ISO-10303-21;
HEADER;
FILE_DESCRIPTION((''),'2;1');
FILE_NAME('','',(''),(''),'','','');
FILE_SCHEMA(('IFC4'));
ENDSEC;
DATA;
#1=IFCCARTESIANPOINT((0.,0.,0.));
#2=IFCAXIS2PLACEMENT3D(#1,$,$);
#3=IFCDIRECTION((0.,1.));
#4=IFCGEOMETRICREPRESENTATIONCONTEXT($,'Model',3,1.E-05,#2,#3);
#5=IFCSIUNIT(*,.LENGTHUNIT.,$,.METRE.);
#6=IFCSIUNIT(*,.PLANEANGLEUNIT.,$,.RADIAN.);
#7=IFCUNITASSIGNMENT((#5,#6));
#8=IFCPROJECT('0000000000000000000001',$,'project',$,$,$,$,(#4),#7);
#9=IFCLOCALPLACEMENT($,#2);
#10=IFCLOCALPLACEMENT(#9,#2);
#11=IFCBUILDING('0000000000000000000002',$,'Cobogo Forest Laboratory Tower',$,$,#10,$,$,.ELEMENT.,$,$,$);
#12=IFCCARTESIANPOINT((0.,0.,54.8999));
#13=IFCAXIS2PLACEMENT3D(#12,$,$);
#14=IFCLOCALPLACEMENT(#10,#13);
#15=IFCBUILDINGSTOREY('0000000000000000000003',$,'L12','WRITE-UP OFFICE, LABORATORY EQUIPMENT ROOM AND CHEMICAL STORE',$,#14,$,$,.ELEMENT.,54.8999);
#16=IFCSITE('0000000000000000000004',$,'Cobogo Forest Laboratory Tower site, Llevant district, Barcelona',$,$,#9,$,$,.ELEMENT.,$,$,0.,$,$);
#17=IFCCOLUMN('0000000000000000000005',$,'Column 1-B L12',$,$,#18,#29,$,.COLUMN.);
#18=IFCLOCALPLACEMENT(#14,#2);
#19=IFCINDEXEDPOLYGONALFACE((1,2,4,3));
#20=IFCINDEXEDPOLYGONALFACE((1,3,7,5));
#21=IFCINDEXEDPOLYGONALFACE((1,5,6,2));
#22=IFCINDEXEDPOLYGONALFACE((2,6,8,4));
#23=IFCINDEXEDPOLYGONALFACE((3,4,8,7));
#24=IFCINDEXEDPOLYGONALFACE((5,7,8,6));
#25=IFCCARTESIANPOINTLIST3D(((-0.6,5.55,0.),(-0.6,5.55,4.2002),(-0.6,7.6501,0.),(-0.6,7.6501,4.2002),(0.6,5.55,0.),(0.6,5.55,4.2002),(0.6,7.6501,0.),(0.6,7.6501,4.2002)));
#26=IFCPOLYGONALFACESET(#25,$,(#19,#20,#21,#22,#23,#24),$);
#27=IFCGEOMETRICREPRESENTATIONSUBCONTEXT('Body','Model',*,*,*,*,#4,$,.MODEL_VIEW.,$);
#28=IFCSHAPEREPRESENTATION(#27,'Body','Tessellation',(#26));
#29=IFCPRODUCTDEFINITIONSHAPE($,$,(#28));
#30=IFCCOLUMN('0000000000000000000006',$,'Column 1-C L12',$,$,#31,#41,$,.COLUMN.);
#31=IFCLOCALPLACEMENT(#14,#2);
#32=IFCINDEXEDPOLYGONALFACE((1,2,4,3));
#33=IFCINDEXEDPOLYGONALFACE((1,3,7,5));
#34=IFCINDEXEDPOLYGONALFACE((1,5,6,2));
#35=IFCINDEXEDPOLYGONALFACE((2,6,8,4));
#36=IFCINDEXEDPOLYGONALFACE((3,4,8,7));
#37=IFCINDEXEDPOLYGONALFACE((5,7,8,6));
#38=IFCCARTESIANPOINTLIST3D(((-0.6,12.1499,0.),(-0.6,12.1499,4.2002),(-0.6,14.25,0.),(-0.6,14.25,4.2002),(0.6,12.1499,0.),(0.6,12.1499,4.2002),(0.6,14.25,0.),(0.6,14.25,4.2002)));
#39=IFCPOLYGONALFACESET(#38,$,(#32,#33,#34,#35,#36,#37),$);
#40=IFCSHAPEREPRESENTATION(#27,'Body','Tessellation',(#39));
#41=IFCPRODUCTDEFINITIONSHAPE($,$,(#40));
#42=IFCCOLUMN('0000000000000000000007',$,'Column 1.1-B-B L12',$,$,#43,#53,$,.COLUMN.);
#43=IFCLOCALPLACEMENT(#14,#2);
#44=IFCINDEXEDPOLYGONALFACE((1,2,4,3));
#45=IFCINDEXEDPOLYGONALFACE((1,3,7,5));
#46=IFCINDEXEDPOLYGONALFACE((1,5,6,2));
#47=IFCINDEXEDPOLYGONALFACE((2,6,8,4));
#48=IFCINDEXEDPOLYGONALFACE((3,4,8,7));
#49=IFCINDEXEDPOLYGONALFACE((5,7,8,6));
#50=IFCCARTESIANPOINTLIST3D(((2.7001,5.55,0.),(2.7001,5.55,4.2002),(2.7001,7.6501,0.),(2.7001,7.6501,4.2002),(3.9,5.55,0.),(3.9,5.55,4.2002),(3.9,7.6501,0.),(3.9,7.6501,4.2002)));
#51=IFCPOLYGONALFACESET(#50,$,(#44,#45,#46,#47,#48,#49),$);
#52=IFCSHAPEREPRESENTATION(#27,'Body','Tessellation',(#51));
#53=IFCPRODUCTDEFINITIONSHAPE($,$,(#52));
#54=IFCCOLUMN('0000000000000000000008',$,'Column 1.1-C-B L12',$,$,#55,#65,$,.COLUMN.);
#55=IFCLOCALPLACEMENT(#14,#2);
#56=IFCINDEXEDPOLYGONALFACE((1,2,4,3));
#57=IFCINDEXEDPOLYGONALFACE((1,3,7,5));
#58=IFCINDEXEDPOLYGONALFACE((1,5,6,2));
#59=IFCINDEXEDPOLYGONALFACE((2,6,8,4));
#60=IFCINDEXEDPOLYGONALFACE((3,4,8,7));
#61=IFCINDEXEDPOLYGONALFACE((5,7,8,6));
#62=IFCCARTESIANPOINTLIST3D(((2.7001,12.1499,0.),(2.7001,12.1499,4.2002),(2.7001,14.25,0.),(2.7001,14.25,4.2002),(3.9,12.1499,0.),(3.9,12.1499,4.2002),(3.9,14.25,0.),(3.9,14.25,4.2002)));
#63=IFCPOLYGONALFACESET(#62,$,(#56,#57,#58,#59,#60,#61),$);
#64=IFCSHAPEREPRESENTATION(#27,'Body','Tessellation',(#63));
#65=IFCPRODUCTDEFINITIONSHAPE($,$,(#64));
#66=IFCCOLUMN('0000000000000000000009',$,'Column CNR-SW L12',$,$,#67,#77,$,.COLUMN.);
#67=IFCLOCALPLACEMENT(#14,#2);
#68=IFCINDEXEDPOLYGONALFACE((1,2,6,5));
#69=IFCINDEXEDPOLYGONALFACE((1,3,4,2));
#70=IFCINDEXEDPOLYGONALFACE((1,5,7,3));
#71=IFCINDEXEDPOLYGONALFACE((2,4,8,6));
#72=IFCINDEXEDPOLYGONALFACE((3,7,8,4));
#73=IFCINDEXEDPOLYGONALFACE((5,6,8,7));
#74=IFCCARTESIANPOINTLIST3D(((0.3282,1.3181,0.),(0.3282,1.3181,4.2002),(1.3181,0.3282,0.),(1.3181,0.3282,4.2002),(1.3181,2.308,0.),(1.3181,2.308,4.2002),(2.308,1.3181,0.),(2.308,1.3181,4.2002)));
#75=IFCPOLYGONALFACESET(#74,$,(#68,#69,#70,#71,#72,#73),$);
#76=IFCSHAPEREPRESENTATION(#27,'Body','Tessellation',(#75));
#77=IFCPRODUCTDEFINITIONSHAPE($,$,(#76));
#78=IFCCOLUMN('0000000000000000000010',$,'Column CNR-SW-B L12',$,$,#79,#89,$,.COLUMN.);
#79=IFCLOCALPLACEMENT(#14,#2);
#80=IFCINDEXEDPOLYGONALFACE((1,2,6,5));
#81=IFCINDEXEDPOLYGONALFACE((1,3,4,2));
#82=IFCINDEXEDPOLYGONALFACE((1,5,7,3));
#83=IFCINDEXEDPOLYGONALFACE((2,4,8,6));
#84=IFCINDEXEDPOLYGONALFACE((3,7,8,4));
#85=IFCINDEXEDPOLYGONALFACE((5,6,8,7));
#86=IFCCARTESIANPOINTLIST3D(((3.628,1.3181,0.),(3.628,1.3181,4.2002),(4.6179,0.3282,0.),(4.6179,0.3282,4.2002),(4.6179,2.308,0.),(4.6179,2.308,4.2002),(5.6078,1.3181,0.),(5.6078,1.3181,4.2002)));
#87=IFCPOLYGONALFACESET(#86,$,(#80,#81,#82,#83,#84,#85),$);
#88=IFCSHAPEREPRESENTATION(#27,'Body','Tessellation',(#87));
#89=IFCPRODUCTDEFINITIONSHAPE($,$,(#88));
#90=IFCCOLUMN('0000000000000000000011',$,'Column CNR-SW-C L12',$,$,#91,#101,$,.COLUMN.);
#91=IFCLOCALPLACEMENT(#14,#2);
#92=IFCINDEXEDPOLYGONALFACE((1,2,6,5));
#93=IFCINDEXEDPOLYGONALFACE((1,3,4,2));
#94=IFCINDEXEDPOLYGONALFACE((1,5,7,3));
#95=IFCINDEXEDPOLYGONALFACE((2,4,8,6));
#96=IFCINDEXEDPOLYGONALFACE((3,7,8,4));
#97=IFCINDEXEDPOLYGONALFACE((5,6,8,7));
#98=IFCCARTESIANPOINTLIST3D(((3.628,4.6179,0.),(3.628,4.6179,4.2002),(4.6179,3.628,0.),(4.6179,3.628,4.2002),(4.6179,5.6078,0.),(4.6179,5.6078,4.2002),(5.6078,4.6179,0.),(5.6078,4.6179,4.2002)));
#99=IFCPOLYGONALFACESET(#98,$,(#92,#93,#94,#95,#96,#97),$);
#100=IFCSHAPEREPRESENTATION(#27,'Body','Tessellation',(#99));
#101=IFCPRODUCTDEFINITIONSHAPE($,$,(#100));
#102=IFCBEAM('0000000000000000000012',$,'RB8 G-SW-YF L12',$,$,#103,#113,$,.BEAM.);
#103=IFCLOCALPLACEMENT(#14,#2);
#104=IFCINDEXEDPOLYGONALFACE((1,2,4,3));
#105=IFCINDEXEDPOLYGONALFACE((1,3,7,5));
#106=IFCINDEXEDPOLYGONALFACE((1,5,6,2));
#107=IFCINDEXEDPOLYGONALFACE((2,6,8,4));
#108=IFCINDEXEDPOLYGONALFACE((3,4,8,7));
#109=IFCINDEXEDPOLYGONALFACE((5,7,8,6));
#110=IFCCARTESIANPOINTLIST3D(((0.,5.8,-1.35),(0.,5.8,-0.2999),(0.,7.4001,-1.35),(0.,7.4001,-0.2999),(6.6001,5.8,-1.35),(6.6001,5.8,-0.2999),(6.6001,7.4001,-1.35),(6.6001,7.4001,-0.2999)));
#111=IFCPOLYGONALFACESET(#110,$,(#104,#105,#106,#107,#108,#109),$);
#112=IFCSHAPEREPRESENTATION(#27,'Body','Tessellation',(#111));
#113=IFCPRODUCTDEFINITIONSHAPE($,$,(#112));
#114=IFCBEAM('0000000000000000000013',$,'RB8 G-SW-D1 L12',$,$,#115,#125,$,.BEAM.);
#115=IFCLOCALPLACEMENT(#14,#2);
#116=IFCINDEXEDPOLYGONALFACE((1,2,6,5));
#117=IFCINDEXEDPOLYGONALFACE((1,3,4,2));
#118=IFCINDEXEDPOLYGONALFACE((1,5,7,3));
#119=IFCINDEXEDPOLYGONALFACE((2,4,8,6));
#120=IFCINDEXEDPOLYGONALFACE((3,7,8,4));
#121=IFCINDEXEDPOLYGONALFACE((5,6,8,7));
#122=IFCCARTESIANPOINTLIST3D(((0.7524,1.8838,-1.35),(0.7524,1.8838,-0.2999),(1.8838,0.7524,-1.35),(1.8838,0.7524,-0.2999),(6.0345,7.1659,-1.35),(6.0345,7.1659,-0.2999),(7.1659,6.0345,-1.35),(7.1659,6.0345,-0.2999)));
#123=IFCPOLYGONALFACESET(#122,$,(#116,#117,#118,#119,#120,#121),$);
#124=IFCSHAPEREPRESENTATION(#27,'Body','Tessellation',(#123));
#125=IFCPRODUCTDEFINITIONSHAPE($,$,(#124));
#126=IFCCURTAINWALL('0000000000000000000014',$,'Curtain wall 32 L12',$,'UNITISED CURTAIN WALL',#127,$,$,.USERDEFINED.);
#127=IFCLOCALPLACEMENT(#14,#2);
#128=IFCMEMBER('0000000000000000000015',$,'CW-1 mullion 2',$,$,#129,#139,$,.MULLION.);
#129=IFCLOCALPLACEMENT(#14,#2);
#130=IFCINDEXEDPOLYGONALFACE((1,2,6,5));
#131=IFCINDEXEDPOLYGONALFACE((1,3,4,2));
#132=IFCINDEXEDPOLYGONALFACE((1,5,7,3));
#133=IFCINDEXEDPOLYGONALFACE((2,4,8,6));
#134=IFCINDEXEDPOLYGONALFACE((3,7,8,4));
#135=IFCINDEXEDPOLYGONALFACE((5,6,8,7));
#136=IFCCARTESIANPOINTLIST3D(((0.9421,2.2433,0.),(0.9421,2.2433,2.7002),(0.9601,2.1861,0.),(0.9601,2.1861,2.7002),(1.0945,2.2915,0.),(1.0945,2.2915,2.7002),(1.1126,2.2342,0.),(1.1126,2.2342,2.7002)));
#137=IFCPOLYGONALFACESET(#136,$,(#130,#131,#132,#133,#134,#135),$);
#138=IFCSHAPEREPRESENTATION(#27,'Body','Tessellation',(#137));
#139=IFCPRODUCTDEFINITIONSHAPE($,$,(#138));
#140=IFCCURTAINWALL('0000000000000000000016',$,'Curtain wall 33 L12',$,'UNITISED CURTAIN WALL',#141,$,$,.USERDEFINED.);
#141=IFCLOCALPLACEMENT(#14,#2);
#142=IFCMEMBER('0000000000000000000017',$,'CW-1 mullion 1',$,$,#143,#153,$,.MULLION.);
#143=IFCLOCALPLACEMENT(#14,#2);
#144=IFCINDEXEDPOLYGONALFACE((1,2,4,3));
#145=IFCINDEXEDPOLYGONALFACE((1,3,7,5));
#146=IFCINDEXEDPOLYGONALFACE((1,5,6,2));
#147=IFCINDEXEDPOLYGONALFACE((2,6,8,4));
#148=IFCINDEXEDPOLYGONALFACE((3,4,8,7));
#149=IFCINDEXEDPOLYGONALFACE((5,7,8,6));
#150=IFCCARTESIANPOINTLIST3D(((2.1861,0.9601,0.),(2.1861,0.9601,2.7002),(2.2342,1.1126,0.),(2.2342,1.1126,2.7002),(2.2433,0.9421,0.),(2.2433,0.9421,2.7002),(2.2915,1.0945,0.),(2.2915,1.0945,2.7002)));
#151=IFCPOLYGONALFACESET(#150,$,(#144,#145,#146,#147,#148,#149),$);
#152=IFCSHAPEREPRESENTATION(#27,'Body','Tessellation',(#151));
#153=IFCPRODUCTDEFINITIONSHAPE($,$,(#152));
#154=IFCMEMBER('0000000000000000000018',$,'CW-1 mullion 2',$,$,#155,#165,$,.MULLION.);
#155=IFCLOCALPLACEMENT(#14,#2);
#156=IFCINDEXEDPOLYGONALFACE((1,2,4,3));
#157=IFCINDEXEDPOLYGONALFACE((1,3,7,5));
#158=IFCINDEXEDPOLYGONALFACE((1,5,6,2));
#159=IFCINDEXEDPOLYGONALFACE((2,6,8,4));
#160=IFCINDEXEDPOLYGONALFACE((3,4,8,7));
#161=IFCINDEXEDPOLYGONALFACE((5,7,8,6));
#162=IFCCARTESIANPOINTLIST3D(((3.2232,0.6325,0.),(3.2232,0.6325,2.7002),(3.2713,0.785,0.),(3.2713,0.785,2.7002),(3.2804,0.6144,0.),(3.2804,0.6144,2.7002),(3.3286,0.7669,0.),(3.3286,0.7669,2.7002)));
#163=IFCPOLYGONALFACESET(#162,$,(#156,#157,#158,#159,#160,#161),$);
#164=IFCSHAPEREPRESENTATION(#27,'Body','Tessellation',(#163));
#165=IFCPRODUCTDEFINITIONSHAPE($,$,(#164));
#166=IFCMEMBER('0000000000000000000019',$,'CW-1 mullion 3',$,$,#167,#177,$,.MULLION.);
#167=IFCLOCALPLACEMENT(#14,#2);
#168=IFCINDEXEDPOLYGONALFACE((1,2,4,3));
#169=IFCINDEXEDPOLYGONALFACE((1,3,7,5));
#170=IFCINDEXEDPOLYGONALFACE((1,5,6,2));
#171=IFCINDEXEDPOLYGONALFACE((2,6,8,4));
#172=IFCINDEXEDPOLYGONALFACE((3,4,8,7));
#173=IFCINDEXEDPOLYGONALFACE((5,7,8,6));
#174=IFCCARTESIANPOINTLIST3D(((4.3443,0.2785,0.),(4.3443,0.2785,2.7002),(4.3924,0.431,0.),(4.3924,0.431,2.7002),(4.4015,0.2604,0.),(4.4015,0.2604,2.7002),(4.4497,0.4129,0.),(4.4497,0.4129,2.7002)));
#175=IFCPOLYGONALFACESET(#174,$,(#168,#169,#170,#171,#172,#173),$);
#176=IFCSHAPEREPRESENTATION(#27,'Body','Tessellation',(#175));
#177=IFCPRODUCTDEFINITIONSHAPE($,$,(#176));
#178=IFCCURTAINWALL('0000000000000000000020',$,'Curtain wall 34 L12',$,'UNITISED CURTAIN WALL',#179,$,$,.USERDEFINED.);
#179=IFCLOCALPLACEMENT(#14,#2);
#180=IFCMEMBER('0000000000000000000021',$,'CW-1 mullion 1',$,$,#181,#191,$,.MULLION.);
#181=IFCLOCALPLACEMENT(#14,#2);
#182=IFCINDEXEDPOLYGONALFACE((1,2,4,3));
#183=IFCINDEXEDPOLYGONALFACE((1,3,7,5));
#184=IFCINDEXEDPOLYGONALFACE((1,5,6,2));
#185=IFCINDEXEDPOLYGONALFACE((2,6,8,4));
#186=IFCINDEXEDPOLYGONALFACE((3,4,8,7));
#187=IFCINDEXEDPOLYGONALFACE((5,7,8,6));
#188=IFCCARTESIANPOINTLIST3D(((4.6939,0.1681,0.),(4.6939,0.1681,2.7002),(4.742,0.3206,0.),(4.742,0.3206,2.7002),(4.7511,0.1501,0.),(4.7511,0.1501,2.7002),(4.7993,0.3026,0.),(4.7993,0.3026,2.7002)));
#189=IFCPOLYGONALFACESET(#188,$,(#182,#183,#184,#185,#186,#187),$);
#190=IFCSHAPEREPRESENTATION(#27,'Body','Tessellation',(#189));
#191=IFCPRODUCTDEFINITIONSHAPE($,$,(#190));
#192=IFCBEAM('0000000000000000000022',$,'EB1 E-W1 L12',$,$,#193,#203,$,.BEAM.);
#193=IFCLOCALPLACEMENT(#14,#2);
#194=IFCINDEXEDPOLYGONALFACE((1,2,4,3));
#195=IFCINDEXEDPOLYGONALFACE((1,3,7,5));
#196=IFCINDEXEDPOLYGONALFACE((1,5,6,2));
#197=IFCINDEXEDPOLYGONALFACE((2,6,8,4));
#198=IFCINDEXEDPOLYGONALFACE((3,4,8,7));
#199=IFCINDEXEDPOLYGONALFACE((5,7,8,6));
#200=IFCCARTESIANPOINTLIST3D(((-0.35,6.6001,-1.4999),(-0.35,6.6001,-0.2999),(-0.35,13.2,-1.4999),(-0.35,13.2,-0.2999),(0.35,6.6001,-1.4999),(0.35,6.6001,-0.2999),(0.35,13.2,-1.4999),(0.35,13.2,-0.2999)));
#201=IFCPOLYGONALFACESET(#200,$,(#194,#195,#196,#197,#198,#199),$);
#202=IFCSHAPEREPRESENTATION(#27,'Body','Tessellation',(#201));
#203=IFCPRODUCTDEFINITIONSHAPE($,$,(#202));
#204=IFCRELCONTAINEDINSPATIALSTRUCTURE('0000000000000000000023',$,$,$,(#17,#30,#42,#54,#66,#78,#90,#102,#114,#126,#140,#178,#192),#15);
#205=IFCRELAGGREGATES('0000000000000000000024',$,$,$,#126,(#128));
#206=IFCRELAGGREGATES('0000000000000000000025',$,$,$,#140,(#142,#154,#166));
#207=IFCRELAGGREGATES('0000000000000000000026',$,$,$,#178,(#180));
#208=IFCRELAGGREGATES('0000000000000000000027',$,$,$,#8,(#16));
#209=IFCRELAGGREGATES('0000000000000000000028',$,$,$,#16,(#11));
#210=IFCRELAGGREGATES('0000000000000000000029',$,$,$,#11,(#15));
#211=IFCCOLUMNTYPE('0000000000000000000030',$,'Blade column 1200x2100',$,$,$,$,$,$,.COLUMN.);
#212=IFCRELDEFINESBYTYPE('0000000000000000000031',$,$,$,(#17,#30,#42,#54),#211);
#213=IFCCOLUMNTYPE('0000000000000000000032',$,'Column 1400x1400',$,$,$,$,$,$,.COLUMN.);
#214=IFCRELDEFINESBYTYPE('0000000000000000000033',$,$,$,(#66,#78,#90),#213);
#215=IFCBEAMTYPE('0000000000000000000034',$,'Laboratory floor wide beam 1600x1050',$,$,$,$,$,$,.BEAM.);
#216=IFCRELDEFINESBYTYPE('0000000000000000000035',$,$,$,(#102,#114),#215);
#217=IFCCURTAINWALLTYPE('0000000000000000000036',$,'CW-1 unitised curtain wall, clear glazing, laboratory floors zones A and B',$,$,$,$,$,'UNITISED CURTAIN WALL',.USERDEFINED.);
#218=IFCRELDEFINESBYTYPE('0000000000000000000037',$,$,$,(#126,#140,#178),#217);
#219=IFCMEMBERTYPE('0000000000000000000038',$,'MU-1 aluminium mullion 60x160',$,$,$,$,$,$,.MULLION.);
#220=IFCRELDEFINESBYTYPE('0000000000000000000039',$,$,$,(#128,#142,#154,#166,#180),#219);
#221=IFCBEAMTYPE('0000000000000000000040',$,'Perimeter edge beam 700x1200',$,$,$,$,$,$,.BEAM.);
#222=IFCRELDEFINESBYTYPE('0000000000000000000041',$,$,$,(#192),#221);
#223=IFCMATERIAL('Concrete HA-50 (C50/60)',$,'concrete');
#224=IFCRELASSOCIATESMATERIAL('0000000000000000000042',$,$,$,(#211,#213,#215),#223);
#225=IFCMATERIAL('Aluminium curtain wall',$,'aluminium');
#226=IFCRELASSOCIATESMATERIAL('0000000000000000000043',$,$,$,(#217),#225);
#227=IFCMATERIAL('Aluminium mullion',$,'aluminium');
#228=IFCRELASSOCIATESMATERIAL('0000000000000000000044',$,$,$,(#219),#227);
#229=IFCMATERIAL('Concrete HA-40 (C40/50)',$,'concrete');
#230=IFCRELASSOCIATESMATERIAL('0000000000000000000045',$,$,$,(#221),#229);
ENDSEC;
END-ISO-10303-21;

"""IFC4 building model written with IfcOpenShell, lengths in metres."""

from ifc_helpers import new_model, si_unit, direction, frame, origin, origin_2d, place, context, subcontext, project, spatial, rectangle, extrude, material, material_profile, profile_set, type_object, element, aggregate, save


model = new_model("IFC4")

# Units and contexts
model_context = context("Model", 3, precision=1e-05, world=origin(), true_north=direction((0.0, 1.0)))
body_context = subcontext(model_context, "Body", "Model", "MODEL_VIEW")
ifc_project = project(units=[si_unit("LENGTHUNIT", "METRE"), si_unit("PLANEANGLEUNIT", "RADIAN")], contexts=[model_context])

# Site, building, storey
site_placement = place(None, origin())
site = spatial("IfcSite", under=ifc_project, at=site_placement, Name="Cobogo Forest Laboratory Tower site, Llevant district, Barcelona", CompositionType="ELEMENT", RefElevation=0.0)
building_placement = place(site_placement, origin())
building = spatial("IfcBuilding", under=site, at=building_placement, Name="Cobogo Forest Laboratory Tower", CompositionType="ELEMENT")
storey_placement = place(building_placement, frame((0.0, 0.0, 54.8999)))
storey = spatial("IfcBuildingStorey", under=building, at=storey_placement, Name="L12", Description="WRITE-UP OFFICE, LABORATORY EQUIPMENT ROOM AND CHEMICAL STORE", CompositionType="ELEMENT", Elevation=54.8999)

# Columns
ifc_material_1 = material(Name="Concrete HA-50 (C50/60)", Category="concrete")
ifc_material_profile_1 = material_profile(ifc_material_1, rectangle(XDim=2.1001, YDim=1.2, at=origin_2d()), Name="RC 1200x2100")
ifc_profile_set_1 = profile_set([ifc_material_profile_1], Name="Concrete HA-50 (C50/60)")
column_type_1 = type_object("IfcColumnType", Name="Blade column 1200x2100", PredefinedType="COLUMN", material=ifc_profile_set_1)
for number, where, z_axis, x_axis, name in (
    (1, (0.0, 6.6001, 0.0), (0.0, 0.0, 1.0), (0.0, 1.0, 0.0), "Column 1-B L12"),
    (2, (0.0, 13.2, 0.0), (0.0, 0.0, 1.0), (0.0, 1.0, 0.0), "Column 1-C L12"),
    (3, (3.3, 6.6001, 0.0), (0.0, 0.0, 1.0), (0.0, 1.0, 0.0), "Column 1.1-B-B L12"),
    (4, (3.3, 13.2, 0.0), (0.0, 0.0, 1.0), (0.0, 1.0, 0.0), "Column 1.1-C-B L12"),
):
    element("IfcColumn", number, at=place(storey_placement, frame(where, z_axis=z_axis, x_axis=x_axis)), inside=storey, type_object=column_type_1, Name=name, PredefinedType="COLUMN", context=body_context, shape_type="SweptSolid", body=[
        extrude(rectangle(XDim=2.1001, YDim=1.2, at=origin_2d()), origin(), (0.0, 0.0, 1.0), 4.2002),
    ])
ifc_material_profile_2 = material_profile(ifc_material_1, rectangle(XDim=1.3999, YDim=1.3999, at=origin_2d()), Name="RC 1400x1400")
ifc_profile_set_2 = profile_set([ifc_material_profile_2], Name="Concrete HA-50 (C50/60)")
column_type_2 = type_object("IfcColumnType", Name="Column 1400x1400", PredefinedType="COLUMN", material=ifc_profile_set_2)
for number, where, z_axis, x_axis, name in (
    (5, (1.3181, 1.3181, 0.0), (0.0, 0.0, 1.0), (0.707107, 0.707107, 0.0), "Column CNR-SW L12"),
    (6, (4.6179, 1.3181, 0.0), (0.0, 0.0, 1.0), (0.707107, 0.707107, 0.0), "Column CNR-SW-B L12"),
    (7, (4.6179, 4.6179, 0.0), (0.0, 0.0, 1.0), (0.707107, 0.707107, 0.0), "Column CNR-SW-C L12"),
):
    element("IfcColumn", number, at=place(storey_placement, frame(where, z_axis=z_axis, x_axis=x_axis)), inside=storey, type_object=column_type_2, Name=name, PredefinedType="COLUMN", context=body_context, shape_type="SweptSolid", body=[
        extrude(rectangle(XDim=1.3999, YDim=1.3999, at=origin_2d()), origin(), (0.0, 0.0, 1.0), 4.2002),
    ])

# Beams
ifc_material_profile_3 = material_profile(ifc_material_1, rectangle(XDim=1.6001, YDim=1.05, at=origin_2d()), Name="RC 1600x1050")
ifc_profile_set_3 = profile_set([ifc_material_profile_3], Name="Concrete HA-50 (C50/60)")
beam_type_1 = type_object("IfcBeamType", Name="Laboratory floor wide beam 1600x1050", PredefinedType="BEAM", material=ifc_profile_set_3)
beam_1_placement = place(storey_placement, frame((0.0, 6.6001, -0.825), z_axis=(1.0, 0.0, 0.0), x_axis=(0.0, 1.0, 0.0)))
element("IfcBeam", 8, at=beam_1_placement, inside=storey, type_object=beam_type_1, Name="RB8 G-SW-YF L12", PredefinedType="BEAM", context=body_context, shape_type="SweptSolid", body=[
    extrude(rectangle(XDim=1.6001, YDim=1.05, at=origin_2d()), origin(), (0.0, 0.0, 1.0), 6.6001),
])
beam_2_placement = place(storey_placement, frame((1.3181, 1.3181, -0.825), z_axis=(0.707107, 0.707107, 0.0), x_axis=(-0.707107, 0.707107, 0.0)))
element("IfcBeam", 9, at=beam_2_placement, inside=storey, type_object=beam_type_1, Name="RB8 G-SW-D1 L12", PredefinedType="BEAM", context=body_context, shape_type="SweptSolid", body=[
    extrude(rectangle(XDim=1.6001, YDim=1.05, at=origin_2d()), origin(), (0.0, 0.0, 1.0), 7.47),
])

# Curtain wall, member
ifc_material_2 = material(Name="Aluminium curtain wall", Category="aluminium")
curtain_wall_type = type_object("IfcCurtainWallType", Name="CW-1 unitised curtain wall, clear glazing, laboratory floors zones A and B", ElementType="UNITISED CURTAIN WALL", PredefinedType="USERDEFINED", material=ifc_material_2)
curtain_wall_1_placement = place(storey_placement, origin())
curtain_wall_1 = element("IfcCurtainWall", 10, at=curtain_wall_1_placement, inside=storey, type_object=curtain_wall_type, Name="Curtain wall 32 L12", ObjectType="UNITISED CURTAIN WALL", PredefinedType="USERDEFINED")
ifc_material_3 = material(Name="Aluminium mullion", Category="aluminium")
ifc_material_profile_4 = material_profile(ifc_material_3, rectangle(XDim=0.0601, YDim=0.1599, at=origin_2d()), Name="AL 60x160")
ifc_profile_set_4 = profile_set([ifc_material_profile_4], Name="Aluminium mullion")
member_type_1 = type_object("IfcMemberType", Name="MU-1 aluminium mullion 60x160", PredefinedType="MULLION", material=ifc_profile_set_4)
member_1_placement = place(storey_placement, frame((1.0273, 2.2388, 0.0), z_axis=(0.0, 0.0, 1.0), x_axis=(0.301135, -0.953581, 0.0)))
member_1 = element("IfcMember", 11, at=member_1_placement, type_object=member_type_1, Name="CW-1 mullion 2", PredefinedType="MULLION", context=body_context, shape_type="SweptSolid", body=[
    extrude(rectangle(XDim=0.0601, YDim=0.1599, at=origin_2d()), origin(), (0.0, 0.0, 1.0), 2.7002),
])

# Curtain wall, members
curtain_wall_2_placement = place(storey_placement, origin())
curtain_wall_2 = element("IfcCurtainWall", 12, at=curtain_wall_2_placement, inside=storey, type_object=curtain_wall_type, Name="Curtain wall 33 L12", ObjectType="UNITISED CURTAIN WALL", PredefinedType="USERDEFINED")
member_2_placement = place(storey_placement, frame((2.2388, 1.0273, 0.0), z_axis=(0.0, 0.0, 1.0), x_axis=(0.953581, -0.301135, 0.0)))
member_2 = element("IfcMember", 13, at=member_2_placement, type_object=member_type_1, Name="CW-1 mullion 1", PredefinedType="MULLION", context=body_context, shape_type="SweptSolid", body=[
    extrude(rectangle(XDim=0.0601, YDim=0.1599, at=origin_2d()), origin(), (0.0, 0.0, 1.0), 2.7002),
])
member_3_placement = place(storey_placement, frame((3.2759, 0.6997, 0.0), z_axis=(0.0, 0.0, 1.0), x_axis=(0.953581, -0.301135, 0.0)))
member_3 = element("IfcMember", 14, at=member_3_placement, type_object=member_type_1, Name="CW-1 mullion 2", PredefinedType="MULLION", context=body_context, shape_type="SweptSolid", body=[
    extrude(rectangle(XDim=0.0601, YDim=0.1599, at=origin_2d()), origin(), (0.0, 0.0, 1.0), 2.7002),
])
member_4_placement = place(storey_placement, frame((4.397, 0.3457, 0.0), z_axis=(0.0, 0.0, 1.0), x_axis=(0.953581, -0.301135, 0.0)))
member_4 = element("IfcMember", 15, at=member_4_placement, type_object=member_type_1, Name="CW-1 mullion 3", PredefinedType="MULLION", context=body_context, shape_type="SweptSolid", body=[
    extrude(rectangle(XDim=0.0601, YDim=0.1599, at=origin_2d()), origin(), (0.0, 0.0, 1.0), 2.7002),
])

# Curtain wall, member
curtain_wall_3_placement = place(storey_placement, origin())
curtain_wall_3 = element("IfcCurtainWall", 16, at=curtain_wall_3_placement, inside=storey, type_object=curtain_wall_type, Name="Curtain wall 34 L12", ObjectType="UNITISED CURTAIN WALL", PredefinedType="USERDEFINED")
member_5_placement = place(storey_placement, frame((4.7466, 0.2354, 0.0), z_axis=(0.0, 0.0, 1.0), x_axis=(0.953582, -0.301135, 0.0)))
member_5 = element("IfcMember", 17, at=member_5_placement, type_object=member_type_1, Name="CW-1 mullion 1", PredefinedType="MULLION", context=body_context, shape_type="SweptSolid", body=[
    extrude(rectangle(XDim=0.0601, YDim=0.1599, at=origin_2d()), origin(), (0.0, 0.0, 1.0), 2.7002),
])

# Beam
ifc_material_4 = material(Name="Concrete HA-40 (C40/50)", Category="concrete")
ifc_material_profile_5 = material_profile(ifc_material_4, rectangle(XDim=0.7, YDim=1.2, at=origin_2d()), Name="RC 700x1200")
ifc_profile_set_5 = profile_set([ifc_material_profile_5], Name="Concrete HA-40 (C40/50)")
beam_type_2 = type_object("IfcBeamType", Name="Perimeter edge beam 700x1200", PredefinedType="BEAM", material=ifc_profile_set_5)
beam_3_placement = place(storey_placement, frame((0.0, 6.6001, -0.8999), z_axis=(0.0, 1.0, 0.0), x_axis=(-1.0, 0.0, 0.0)))
element("IfcBeam", 18, at=beam_3_placement, inside=storey, type_object=beam_type_2, Name="EB1 E-W1 L12", PredefinedType="BEAM", context=body_context, shape_type="SweptSolid", body=[
    extrude(rectangle(XDim=0.7, YDim=1.2, at=origin_2d()), origin(), (0.0, 0.0, 1.0), 6.5999),
])

aggregate(curtain_wall_1, [member_1])
aggregate(curtain_wall_2, [member_2, member_3, member_4])
aggregate(curtain_wall_3, [member_5])

save(model, "model.ifc")
